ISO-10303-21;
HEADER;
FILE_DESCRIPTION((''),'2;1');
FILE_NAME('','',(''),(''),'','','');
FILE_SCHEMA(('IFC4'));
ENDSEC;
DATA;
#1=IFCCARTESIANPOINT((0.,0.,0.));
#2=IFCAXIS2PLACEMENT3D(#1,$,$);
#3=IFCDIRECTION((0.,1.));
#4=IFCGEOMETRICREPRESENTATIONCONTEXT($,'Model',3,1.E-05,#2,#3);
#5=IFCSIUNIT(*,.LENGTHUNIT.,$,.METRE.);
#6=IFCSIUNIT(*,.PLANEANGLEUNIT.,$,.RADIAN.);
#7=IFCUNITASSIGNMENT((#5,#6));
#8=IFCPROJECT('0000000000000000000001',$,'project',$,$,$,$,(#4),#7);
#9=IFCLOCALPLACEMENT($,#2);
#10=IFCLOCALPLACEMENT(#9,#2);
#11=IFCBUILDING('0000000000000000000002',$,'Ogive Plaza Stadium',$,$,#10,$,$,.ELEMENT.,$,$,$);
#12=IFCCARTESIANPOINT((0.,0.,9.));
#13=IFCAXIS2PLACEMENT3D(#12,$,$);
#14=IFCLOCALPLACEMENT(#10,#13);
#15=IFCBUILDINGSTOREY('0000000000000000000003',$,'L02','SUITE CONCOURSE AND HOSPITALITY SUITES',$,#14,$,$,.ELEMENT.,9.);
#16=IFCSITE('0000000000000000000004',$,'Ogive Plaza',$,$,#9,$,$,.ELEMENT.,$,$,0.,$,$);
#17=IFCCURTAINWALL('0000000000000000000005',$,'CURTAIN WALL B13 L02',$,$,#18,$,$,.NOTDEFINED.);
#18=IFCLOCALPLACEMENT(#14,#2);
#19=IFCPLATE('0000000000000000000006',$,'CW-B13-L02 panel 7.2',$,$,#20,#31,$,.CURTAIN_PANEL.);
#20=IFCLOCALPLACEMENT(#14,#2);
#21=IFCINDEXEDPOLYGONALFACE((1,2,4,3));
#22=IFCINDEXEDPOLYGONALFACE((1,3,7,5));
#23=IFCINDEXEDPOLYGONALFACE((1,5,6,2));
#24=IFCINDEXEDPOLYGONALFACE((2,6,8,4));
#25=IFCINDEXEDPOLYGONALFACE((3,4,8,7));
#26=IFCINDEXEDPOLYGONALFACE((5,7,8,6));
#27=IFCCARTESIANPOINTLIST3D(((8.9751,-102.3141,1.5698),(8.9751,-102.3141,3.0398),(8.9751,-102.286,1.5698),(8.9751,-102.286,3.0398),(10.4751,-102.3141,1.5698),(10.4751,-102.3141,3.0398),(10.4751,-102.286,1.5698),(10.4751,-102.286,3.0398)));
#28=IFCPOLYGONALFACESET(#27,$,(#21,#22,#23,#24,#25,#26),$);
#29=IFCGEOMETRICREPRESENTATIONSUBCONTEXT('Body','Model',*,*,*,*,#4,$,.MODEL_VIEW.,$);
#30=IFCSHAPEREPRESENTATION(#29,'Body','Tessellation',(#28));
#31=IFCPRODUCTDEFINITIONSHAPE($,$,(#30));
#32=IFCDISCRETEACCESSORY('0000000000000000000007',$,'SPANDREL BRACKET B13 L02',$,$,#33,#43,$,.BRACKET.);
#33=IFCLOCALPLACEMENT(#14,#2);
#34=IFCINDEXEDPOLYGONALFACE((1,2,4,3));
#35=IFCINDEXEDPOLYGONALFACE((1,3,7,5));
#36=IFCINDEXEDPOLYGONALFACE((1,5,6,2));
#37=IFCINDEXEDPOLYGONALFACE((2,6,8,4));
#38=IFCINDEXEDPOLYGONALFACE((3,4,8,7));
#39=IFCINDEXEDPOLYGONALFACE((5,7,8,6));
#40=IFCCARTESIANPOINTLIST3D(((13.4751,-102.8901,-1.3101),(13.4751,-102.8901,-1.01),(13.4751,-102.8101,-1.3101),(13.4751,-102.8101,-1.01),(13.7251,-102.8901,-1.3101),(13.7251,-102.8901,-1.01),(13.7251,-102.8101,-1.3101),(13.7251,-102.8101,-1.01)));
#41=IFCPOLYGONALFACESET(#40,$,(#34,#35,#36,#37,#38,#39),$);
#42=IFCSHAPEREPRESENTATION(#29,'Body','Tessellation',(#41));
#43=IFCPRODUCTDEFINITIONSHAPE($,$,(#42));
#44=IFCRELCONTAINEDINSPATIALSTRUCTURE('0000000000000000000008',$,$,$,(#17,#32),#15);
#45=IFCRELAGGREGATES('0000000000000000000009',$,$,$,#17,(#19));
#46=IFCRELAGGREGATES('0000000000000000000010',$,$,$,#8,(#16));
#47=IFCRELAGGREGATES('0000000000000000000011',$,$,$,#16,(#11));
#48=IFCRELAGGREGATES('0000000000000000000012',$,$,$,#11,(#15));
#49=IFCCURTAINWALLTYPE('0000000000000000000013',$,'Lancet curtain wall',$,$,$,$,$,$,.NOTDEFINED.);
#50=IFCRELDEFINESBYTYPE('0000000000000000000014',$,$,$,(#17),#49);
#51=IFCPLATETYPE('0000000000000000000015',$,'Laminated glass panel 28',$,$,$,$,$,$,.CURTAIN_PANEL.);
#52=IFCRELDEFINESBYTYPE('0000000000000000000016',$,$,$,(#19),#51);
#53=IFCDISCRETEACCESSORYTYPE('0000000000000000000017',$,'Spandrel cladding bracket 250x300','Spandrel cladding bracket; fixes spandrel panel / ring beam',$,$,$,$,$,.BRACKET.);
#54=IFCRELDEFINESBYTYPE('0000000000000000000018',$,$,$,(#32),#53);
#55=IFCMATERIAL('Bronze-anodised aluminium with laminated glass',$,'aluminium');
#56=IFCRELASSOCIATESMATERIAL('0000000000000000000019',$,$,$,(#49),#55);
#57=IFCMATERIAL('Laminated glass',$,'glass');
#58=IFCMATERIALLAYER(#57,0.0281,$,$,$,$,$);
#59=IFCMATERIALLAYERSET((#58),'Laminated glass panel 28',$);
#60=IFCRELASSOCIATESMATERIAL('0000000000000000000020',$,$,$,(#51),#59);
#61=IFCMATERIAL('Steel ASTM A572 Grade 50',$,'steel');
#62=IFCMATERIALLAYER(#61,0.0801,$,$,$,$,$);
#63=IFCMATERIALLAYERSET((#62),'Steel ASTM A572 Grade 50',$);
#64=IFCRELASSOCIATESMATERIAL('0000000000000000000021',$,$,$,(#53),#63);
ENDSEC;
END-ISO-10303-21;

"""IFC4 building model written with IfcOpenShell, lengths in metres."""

from ifc_helpers import new_model, si_unit, direction, frame, origin, origin_2d, place, context, subcontext, project, spatial, rectangle, extrude, material, layer, layer_set, type_object, element, aggregate, save


model = new_model("IFC4")

# Units and contexts
model_context = context("Model", 3, precision=1e-05, world=origin(), true_north=direction((0.0, 1.0)))
body_context = subcontext(model_context, "Body", "Model", "MODEL_VIEW")
ifc_project = project(units=[si_unit("LENGTHUNIT", "METRE"), si_unit("PLANEANGLEUNIT", "RADIAN")], contexts=[model_context])

# Site, building, storey
site_placement = place(None, origin())
site = spatial("IfcSite", under=ifc_project, at=site_placement, Name="Ogive Plaza", CompositionType="ELEMENT", RefElevation=0.0)
building_placement = place(site_placement, origin())
building = spatial("IfcBuilding", under=site, at=building_placement, Name="Ogive Plaza Stadium", CompositionType="ELEMENT")
storey_placement = place(building_placement, frame((0.0, 0.0, 9.0)))
storey = spatial("IfcBuildingStorey", under=building, at=storey_placement, Name="L02", Description="SUITE CONCOURSE AND HOSPITALITY SUITES", CompositionType="ELEMENT", Elevation=9.0)

# Curtain wall
ifc_material_1 = material(Name="Bronze-anodised aluminium with laminated glass", Category="aluminium")
curtain_wall_type = type_object("IfcCurtainWallType", Name="Lancet curtain wall", PredefinedType="NOTDEFINED", material=ifc_material_1)
curtain_wall_placement = place(storey_placement, origin())
curtain_wall = element("IfcCurtainWall", 1, at=curtain_wall_placement, inside=storey, type_object=curtain_wall_type, Name="CURTAIN WALL B13 L02", PredefinedType="NOTDEFINED")

# Plate
ifc_material_2 = material(Name="Laminated glass", Category="glass")
ifc_layer_1 = layer(ifc_material_2, 0.0281)
ifc_layer_set_1 = layer_set([ifc_layer_1], Name="Laminated glass panel 28")
plate_type = type_object("IfcPlateType", Name="Laminated glass panel 28", PredefinedType="CURTAIN_PANEL", material=ifc_layer_set_1)
plate_1_placement = place(storey_placement, frame((9.7251, -102.3, 1.5698), z_axis=(0.0, 0.0, 1.0), x_axis=(-1.0, 0.0, 0.0)))
plate_1 = element("IfcPlate", 2, at=plate_1_placement, type_object=plate_type, Name="CW-B13-L02 panel 7.2", PredefinedType="CURTAIN_PANEL", context=body_context, shape_type="SweptSolid", body=[
    extrude(rectangle(XDim=1.5, YDim=0.0281, at=origin_2d()), origin(), (0.0, 0.0, 1.0), 1.47),
])
aggregate(curtain_wall, [plate_1])

# Discrete accessory
ifc_material_3 = material(Name="Steel ASTM A572 Grade 50", Category="steel")
ifc_layer_2 = layer(ifc_material_3, 0.0801)
ifc_layer_set_2 = layer_set([ifc_layer_2], Name="Steel ASTM A572 Grade 50")
discrete_accessory_type = type_object("IfcDiscreteAccessoryType", Name="Spandrel cladding bracket 250x300", Description="Spandrel cladding bracket; fixes spandrel panel / ring beam", PredefinedType="BRACKET", material=ifc_layer_set_2)
discrete_accessory_placement = place(storey_placement, frame((13.6001, -102.8501, -1.3101), z_axis=(0.0, 0.0, 1.0), x_axis=(-1.0, 0.0, 0.0)))
element("IfcDiscreteAccessory", 3, at=discrete_accessory_placement, inside=storey, type_object=discrete_accessory_type, Name="SPANDREL BRACKET B13 L02", PredefinedType="BRACKET", context=body_context, shape_type="SweptSolid", body=[
    extrude(rectangle(XDim=0.25, YDim=0.0801, at=origin_2d()), origin(), (0.0, 0.0, 1.0), 0.3),
])

save(model, "model.ifc")
